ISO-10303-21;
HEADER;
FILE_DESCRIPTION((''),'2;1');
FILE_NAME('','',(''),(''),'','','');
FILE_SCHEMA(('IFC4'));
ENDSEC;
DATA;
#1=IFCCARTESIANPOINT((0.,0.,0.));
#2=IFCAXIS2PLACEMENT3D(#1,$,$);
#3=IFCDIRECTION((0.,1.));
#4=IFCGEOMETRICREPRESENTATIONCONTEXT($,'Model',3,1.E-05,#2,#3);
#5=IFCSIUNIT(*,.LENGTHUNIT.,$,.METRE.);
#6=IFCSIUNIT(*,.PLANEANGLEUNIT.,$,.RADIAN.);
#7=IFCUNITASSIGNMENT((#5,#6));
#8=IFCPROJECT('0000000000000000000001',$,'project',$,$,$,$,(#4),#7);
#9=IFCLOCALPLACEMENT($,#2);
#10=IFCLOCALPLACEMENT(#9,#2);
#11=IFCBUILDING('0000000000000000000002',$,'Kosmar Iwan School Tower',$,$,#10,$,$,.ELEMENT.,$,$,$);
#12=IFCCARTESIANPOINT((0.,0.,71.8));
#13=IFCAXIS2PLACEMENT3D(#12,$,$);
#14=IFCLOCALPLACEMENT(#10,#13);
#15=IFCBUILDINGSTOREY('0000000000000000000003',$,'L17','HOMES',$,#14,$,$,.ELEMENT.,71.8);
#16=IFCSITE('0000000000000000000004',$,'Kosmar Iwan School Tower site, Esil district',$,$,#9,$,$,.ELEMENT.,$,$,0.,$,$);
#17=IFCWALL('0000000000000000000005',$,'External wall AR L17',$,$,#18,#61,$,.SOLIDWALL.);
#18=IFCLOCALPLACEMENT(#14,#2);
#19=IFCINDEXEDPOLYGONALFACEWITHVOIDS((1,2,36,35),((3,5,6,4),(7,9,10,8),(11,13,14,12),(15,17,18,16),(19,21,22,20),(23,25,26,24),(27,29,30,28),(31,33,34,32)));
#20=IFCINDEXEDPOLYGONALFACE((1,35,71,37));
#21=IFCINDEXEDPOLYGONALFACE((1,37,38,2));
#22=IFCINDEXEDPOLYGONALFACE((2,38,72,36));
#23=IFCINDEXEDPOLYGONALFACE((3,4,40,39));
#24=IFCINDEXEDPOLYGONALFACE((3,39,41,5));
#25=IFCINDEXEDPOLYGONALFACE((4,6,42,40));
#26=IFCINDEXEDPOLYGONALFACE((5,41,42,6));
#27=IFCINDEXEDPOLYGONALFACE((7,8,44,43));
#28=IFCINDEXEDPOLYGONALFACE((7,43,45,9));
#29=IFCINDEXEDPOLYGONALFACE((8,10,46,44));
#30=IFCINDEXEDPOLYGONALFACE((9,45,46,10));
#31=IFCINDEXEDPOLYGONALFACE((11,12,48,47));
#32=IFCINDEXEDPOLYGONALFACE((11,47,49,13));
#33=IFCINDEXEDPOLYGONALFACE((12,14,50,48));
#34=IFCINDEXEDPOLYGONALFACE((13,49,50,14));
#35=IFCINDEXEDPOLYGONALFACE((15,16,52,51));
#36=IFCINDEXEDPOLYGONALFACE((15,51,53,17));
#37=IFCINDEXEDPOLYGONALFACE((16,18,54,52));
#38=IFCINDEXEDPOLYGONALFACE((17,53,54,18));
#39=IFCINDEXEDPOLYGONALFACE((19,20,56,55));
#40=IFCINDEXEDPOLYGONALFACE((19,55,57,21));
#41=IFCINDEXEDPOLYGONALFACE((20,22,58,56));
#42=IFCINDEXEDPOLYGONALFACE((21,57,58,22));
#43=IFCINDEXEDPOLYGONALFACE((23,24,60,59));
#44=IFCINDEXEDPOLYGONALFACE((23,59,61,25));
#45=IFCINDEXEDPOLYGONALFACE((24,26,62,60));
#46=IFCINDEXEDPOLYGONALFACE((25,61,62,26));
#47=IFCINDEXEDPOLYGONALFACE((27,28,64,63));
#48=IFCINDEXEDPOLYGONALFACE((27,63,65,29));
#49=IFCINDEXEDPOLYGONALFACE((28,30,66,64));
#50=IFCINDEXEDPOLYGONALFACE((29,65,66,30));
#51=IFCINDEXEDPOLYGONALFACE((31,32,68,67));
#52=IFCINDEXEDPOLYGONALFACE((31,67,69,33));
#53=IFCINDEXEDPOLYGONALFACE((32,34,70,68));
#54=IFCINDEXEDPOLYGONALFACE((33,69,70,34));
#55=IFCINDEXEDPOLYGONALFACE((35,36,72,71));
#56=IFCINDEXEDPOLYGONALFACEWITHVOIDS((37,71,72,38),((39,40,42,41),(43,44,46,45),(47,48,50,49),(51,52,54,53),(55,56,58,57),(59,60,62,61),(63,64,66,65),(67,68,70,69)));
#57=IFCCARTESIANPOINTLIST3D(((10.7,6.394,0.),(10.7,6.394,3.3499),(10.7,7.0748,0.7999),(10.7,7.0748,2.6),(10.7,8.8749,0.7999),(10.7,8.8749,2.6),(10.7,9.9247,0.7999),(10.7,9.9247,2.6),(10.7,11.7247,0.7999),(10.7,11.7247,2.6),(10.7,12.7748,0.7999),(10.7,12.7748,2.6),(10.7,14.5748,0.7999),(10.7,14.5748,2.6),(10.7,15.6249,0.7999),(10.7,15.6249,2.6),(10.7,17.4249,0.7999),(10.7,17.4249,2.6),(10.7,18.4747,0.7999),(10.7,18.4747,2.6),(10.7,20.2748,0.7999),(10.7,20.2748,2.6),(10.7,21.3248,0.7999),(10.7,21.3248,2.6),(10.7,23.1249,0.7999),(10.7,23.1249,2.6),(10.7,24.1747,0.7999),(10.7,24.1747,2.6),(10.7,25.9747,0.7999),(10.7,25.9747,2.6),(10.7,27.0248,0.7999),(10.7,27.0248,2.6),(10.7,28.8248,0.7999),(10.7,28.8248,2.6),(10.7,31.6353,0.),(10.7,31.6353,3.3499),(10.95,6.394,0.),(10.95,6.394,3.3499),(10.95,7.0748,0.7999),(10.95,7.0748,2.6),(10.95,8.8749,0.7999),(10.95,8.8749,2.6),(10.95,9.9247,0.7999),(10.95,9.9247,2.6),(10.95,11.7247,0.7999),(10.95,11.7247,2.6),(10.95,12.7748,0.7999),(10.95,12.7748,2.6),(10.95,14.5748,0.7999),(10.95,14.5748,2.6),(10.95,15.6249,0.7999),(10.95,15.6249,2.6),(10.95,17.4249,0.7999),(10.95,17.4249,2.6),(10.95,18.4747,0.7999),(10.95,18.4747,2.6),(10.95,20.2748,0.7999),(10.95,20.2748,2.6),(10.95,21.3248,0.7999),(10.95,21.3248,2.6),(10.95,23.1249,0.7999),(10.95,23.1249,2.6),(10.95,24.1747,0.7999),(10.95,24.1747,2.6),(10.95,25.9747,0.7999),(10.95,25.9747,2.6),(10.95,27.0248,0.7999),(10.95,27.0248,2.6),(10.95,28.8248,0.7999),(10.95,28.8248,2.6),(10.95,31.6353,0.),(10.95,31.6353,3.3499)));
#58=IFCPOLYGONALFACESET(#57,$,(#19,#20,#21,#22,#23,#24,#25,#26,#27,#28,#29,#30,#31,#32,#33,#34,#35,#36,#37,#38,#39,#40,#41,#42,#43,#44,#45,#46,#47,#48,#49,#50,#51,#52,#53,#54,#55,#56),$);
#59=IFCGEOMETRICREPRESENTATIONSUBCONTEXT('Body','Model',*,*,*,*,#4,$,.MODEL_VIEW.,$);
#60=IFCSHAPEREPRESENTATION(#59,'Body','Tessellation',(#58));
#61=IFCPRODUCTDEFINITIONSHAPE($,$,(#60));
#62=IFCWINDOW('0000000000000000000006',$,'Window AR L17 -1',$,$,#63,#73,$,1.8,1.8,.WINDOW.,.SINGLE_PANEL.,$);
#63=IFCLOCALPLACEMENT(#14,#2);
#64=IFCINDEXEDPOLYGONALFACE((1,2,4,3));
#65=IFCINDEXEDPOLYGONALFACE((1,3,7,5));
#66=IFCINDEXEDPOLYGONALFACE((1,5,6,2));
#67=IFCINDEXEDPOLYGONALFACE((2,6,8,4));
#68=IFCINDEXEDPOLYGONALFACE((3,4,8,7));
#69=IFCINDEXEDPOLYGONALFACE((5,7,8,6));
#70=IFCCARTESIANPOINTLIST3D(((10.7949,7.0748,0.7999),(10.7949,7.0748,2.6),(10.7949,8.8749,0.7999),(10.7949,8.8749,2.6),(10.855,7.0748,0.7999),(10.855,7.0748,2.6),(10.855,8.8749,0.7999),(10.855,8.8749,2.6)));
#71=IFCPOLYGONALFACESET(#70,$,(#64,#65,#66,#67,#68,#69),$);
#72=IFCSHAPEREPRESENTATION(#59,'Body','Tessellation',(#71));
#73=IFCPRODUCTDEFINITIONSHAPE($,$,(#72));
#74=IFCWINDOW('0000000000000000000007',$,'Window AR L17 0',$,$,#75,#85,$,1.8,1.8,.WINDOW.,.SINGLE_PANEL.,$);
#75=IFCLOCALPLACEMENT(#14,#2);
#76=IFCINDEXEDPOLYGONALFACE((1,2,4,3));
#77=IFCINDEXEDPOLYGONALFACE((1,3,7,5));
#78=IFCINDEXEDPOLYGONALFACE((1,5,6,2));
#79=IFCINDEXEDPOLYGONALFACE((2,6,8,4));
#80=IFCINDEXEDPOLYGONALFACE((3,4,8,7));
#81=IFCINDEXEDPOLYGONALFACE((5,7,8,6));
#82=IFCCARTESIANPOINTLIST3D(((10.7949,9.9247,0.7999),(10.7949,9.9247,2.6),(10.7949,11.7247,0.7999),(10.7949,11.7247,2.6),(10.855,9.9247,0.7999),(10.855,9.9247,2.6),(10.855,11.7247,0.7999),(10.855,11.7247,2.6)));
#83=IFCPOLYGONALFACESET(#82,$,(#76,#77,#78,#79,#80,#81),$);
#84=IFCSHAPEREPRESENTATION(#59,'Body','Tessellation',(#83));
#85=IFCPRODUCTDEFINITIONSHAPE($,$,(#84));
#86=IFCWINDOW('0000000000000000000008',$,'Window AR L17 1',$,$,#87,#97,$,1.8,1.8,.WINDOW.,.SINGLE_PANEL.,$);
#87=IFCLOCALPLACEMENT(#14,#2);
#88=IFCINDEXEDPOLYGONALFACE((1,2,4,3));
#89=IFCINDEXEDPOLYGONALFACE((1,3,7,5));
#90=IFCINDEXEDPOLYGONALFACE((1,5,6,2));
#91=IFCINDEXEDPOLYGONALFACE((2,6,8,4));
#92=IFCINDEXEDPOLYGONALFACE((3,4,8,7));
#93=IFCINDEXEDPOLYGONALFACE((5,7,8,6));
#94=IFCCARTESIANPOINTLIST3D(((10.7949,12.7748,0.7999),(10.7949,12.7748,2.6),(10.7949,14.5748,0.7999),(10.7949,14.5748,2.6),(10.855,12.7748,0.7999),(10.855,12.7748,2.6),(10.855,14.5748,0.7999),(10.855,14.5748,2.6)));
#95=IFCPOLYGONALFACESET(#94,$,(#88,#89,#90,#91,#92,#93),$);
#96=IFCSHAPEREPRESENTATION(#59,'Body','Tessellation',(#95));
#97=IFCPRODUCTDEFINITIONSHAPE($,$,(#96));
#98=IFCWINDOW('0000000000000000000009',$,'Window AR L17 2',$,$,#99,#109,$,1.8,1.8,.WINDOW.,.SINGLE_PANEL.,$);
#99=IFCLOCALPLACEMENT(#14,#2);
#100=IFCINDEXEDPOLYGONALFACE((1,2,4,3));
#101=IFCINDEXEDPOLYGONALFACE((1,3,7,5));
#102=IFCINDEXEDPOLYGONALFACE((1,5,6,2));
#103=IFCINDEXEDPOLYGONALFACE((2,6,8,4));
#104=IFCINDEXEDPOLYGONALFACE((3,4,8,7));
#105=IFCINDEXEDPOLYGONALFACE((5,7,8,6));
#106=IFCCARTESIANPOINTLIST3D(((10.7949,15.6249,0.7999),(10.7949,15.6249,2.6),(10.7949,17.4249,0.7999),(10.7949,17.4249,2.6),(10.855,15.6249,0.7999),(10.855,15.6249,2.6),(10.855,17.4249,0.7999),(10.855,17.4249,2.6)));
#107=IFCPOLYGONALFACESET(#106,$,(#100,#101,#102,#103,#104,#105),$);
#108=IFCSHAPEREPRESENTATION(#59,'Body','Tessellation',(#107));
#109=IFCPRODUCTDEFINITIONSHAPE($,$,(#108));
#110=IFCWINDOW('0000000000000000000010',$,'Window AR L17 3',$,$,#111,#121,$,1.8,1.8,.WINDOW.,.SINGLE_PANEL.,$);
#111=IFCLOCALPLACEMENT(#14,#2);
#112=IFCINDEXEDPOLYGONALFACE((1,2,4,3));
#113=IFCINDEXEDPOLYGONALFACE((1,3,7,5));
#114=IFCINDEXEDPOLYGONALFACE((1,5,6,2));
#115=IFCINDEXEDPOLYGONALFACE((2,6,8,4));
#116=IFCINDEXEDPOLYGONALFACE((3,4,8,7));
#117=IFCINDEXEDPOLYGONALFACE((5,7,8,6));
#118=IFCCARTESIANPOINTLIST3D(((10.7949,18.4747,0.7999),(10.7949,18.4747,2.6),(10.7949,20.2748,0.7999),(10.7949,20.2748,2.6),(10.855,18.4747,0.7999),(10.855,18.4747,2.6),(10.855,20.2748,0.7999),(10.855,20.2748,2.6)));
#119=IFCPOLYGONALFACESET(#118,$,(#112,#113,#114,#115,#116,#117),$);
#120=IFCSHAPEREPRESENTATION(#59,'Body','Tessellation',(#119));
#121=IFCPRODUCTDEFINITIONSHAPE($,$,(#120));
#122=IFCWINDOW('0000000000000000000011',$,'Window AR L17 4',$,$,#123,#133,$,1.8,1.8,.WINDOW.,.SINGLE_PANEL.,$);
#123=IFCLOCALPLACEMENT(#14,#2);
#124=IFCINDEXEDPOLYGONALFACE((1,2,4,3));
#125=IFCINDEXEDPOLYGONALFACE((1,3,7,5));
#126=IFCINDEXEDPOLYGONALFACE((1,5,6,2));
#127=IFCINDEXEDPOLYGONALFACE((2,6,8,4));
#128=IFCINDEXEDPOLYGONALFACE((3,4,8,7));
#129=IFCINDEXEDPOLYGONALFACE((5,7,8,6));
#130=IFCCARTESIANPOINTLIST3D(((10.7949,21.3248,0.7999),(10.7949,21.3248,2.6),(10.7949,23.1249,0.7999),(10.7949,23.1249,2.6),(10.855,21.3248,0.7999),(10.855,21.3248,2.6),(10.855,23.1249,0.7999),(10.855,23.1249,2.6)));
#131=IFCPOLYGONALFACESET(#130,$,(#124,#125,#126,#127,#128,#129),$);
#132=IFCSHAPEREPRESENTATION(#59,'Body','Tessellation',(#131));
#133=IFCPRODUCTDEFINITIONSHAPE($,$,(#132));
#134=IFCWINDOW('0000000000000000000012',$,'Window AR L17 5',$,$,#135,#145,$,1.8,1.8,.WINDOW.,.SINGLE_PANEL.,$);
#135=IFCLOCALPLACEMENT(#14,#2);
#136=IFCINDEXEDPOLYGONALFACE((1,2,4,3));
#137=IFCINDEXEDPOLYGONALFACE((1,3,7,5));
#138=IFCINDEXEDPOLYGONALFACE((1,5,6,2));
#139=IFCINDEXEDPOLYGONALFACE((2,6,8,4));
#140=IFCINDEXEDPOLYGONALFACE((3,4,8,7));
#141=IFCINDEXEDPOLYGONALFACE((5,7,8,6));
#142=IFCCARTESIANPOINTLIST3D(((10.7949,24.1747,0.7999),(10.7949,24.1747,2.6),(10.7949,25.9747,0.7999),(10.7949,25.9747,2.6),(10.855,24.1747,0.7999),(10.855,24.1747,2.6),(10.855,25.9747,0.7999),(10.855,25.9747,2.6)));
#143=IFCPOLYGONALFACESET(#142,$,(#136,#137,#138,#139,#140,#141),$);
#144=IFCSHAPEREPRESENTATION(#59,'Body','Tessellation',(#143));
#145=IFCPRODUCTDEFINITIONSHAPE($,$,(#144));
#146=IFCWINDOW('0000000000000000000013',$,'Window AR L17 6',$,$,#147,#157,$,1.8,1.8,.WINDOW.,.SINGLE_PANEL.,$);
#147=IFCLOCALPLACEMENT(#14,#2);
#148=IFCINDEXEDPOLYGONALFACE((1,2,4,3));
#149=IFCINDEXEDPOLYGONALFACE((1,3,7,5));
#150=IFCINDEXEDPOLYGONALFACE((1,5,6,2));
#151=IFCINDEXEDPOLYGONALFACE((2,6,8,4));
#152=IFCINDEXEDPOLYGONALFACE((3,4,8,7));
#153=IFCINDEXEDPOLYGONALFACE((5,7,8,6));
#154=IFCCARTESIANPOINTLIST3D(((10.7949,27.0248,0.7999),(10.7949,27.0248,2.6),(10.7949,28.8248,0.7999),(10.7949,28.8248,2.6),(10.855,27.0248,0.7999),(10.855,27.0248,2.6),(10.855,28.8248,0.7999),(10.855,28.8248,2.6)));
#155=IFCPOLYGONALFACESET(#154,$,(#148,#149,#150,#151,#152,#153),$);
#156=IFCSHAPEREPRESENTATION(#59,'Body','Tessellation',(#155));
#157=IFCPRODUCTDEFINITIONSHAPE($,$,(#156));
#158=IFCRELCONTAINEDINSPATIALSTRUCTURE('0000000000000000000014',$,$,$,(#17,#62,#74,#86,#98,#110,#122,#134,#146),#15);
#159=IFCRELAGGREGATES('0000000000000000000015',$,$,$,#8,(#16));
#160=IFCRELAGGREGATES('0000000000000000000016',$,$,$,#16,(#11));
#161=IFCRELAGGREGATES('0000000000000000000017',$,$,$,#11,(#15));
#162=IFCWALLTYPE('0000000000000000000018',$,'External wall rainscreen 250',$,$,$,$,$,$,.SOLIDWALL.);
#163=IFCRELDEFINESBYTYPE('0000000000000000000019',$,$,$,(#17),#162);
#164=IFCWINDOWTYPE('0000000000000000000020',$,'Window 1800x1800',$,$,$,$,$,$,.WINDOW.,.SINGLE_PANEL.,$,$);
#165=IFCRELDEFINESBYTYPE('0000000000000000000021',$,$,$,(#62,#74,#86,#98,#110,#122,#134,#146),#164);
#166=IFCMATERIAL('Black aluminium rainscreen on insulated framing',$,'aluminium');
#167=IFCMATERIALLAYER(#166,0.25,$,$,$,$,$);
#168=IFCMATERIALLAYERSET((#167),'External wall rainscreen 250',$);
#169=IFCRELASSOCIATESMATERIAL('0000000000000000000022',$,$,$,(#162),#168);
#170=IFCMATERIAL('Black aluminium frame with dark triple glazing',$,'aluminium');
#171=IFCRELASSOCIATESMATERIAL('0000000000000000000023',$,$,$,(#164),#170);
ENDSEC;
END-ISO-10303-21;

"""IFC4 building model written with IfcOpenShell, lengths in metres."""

from ifc_helpers import new_model, si_unit, direction, frame, frame_2d, origin, place, context, subcontext, project, spatial, rectangle, extrude, material, layer, layer_set, type_object, element, fill, save


model = new_model("IFC4")

# Units and contexts
model_context = context("Model", 3, precision=1e-05, world=origin(), true_north=direction((0.0, 1.0)))
body_context = subcontext(model_context, "Body", "Model", "MODEL_VIEW")
ifc_project = project(units=[si_unit("LENGTHUNIT", "METRE"), si_unit("PLANEANGLEUNIT", "RADIAN")], contexts=[model_context])

# Site, building, storey
site_placement = place(None, origin())
site = spatial("IfcSite", under=ifc_project, at=site_placement, Name="Kosmar Iwan School Tower site, Esil district", CompositionType="ELEMENT", RefElevation=0.0)
building_placement = place(site_placement, origin())
building = spatial("IfcBuilding", under=site, at=building_placement, Name="Kosmar Iwan School Tower", CompositionType="ELEMENT")
storey_placement = place(building_placement, frame((0.0, 0.0, 71.8)))
storey = spatial("IfcBuildingStorey", under=building, at=storey_placement, Name="L17", Description="HOMES", CompositionType="ELEMENT", Elevation=71.8)

# Wall, openings, windows
ifc_material_1 = material(Name="Black aluminium rainscreen on insulated framing", Category="aluminium")
ifc_layer = layer(ifc_material_1, 0.25)
ifc_layer_set = layer_set([ifc_layer], Name="External wall rainscreen 250")
wall_type = type_object("IfcWallType", Name="External wall rainscreen 250", PredefinedType="SOLIDWALL", material=ifc_layer_set)
ifc_material_2 = material(Name="Black aluminium frame with dark triple glazing", Category="aluminium")
window_type = type_object("IfcWindowType", Name="Window 1800x1800", PartitioningType="SINGLE_PANEL", PredefinedType="WINDOW", material=ifc_material_2)
wall_1_placement = place(storey_placement, frame((10.825, 6.394, 0.0), z_axis=(0.0, 0.0, 1.0), x_axis=(0.0, 1.0, 0.0)))
wall_1 = element("IfcWall", 1, at=wall_1_placement, inside=storey, type_object=wall_type, Name="External wall AR L17", PredefinedType="SOLIDWALL", context=body_context, shape_type="SweptSolid", body=[
    extrude(rectangle(XDim=25.2412, YDim=0.25, at=frame_2d((12.6206, 0.0))), origin(), (0.0, 0.0, 1.0), 3.3499),
])
opening_1_placement = place(wall_1_placement, frame((0.6809, 0.0, 0.8)))
opening_1 = element("IfcOpeningElement", 2, at=opening_1_placement, cuts=wall_1, PredefinedType="OPENING", context=body_context, shape_type="SweptSolid", body=[
    extrude(rectangle(XDim=1.8, YDim=1.8, at=frame_2d((0.8999, 0.8999))), frame((0.0, 0.137, 0.0), z_axis=(0.0, -1.0, 0.0), x_axis=(1.0, 0.0, 0.0)), (0.0, 0.0, 1.0), 0.2739),
])
opening_2_placement = place(wall_1_placement, frame((3.5308, 0.0, 0.8)))
opening_2 = element("IfcOpeningElement", 3, at=opening_2_placement, cuts=wall_1, PredefinedType="OPENING", context=body_context, shape_type="SweptSolid", body=[
    extrude(rectangle(XDim=1.8, YDim=1.8, at=frame_2d((0.8999, 0.8999))), frame((0.0, 0.137, 0.0), z_axis=(0.0, -1.0, 0.0), x_axis=(1.0, 0.0, 0.0)), (0.0, 0.0, 1.0), 0.2739),
])
opening_3_placement = place(wall_1_placement, frame((6.3809, 0.0, 0.8)))
opening_3 = element("IfcOpeningElement", 4, at=opening_3_placement, cuts=wall_1, PredefinedType="OPENING", context=body_context, shape_type="SweptSolid", body=[
    extrude(rectangle(XDim=1.8, YDim=1.8, at=frame_2d((0.8999, 0.8999))), frame((0.0, 0.137, 0.0), z_axis=(0.0, -1.0, 0.0), x_axis=(1.0, 0.0, 0.0)), (0.0, 0.0, 1.0), 0.2739),
])
opening_4_placement = place(wall_1_placement, frame((9.231, 0.0, 0.8)))
opening_4 = element("IfcOpeningElement", 5, at=opening_4_placement, cuts=wall_1, PredefinedType="OPENING", context=body_context, shape_type="SweptSolid", body=[
    extrude(rectangle(XDim=1.8, YDim=1.8, at=frame_2d((0.8999, 0.8999))), frame((0.0, 0.137, 0.0), z_axis=(0.0, -1.0, 0.0), x_axis=(1.0, 0.0, 0.0)), (0.0, 0.0, 1.0), 0.2739),
])
opening_5_placement = place(wall_1_placement, frame((12.0808, 0.0, 0.8)))
opening_5 = element("IfcOpeningElement", 6, at=opening_5_placement, cuts=wall_1, PredefinedType="OPENING", context=body_context, shape_type="SweptSolid", body=[
    extrude(rectangle(XDim=1.8, YDim=1.8, at=frame_2d((0.8999, 0.8999))), frame((0.0, 0.137, 0.0), z_axis=(0.0, -1.0, 0.0), x_axis=(1.0, 0.0, 0.0)), (0.0, 0.0, 1.0), 0.2739),
])
opening_6_placement = place(wall_1_placement, frame((14.9309, 0.0, 0.8)))
opening_6 = element("IfcOpeningElement", 7, at=opening_6_placement, cuts=wall_1, PredefinedType="OPENING", context=body_context, shape_type="SweptSolid", body=[
    extrude(rectangle(XDim=1.8, YDim=1.8, at=frame_2d((0.8999, 0.8999))), frame((0.0, 0.137, 0.0), z_axis=(0.0, -1.0, 0.0), x_axis=(1.0, 0.0, 0.0)), (0.0, 0.0, 1.0), 0.2739),
])
opening_7_placement = place(wall_1_placement, frame((17.7808, 0.0, 0.8)))
opening_7 = element("IfcOpeningElement", 8, at=opening_7_placement, cuts=wall_1, PredefinedType="OPENING", context=body_context, shape_type="SweptSolid", body=[
    extrude(rectangle(XDim=1.8, YDim=1.8, at=frame_2d((0.8999, 0.8999))), frame((0.0, 0.137, 0.0), z_axis=(0.0, -1.0, 0.0), x_axis=(1.0, 0.0, 0.0)), (0.0, 0.0, 1.0), 0.2739),
])
opening_8_placement = place(wall_1_placement, frame((20.6309, 0.0, 0.8)))
opening_8 = element("IfcOpeningElement", 9, at=opening_8_placement, cuts=wall_1, PredefinedType="OPENING", context=body_context, shape_type="SweptSolid", body=[
    extrude(rectangle(XDim=1.8, YDim=1.8, at=frame_2d((0.8999, 0.8999))), frame((0.0, 0.137, 0.0), z_axis=(0.0, -1.0, 0.0), x_axis=(1.0, 0.0, 0.0)), (0.0, 0.0, 1.0), 0.2739),
])
window_1_placement = place(opening_1_placement, origin())
window_1 = element("IfcWindow", 10, at=window_1_placement, inside=storey, type_object=window_type, Name="Window AR L17 -1", OverallHeight=1.8, OverallWidth=1.8, PartitioningType="SINGLE_PANEL", PredefinedType="WINDOW", context=body_context, shape_type="SweptSolid", body=[
    extrude(rectangle(XDim=1.8, YDim=1.8, at=frame_2d((0.8999, 0.8999))), frame((0.0, 0.03, 0.0), z_axis=(0.0, -1.0, 0.0), x_axis=(1.0, 0.0, 0.0)), (0.0, 0.0, 1.0), 0.0601),
])
fill(opening_1, window_1)
window_2_placement = place(opening_2_placement, origin())
window_2 = element("IfcWindow", 11, at=window_2_placement, inside=storey, type_object=window_type, Name="Window AR L17 0", OverallHeight=1.8, OverallWidth=1.8, PartitioningType="SINGLE_PANEL", PredefinedType="WINDOW", context=body_context, shape_type="SweptSolid", body=[
    extrude(rectangle(XDim=1.8, YDim=1.8, at=frame_2d((0.8999, 0.8999))), frame((0.0, 0.03, 0.0), z_axis=(0.0, -1.0, 0.0), x_axis=(1.0, 0.0, 0.0)), (0.0, 0.0, 1.0), 0.0601),
])
fill(opening_2, window_2)
window_3_placement = place(opening_3_placement, origin())
window_3 = element("IfcWindow", 12, at=window_3_placement, inside=storey, type_object=window_type, Name="Window AR L17 1", OverallHeight=1.8, OverallWidth=1.8, PartitioningType="SINGLE_PANEL", PredefinedType="WINDOW", context=body_context, shape_type="SweptSolid", body=[
    extrude(rectangle(XDim=1.8, YDim=1.8, at=frame_2d((0.8999, 0.8999))), frame((0.0, 0.03, 0.0), z_axis=(0.0, -1.0, 0.0), x_axis=(1.0, 0.0, 0.0)), (0.0, 0.0, 1.0), 0.0601),
])
fill(opening_3, window_3)
window_4_placement = place(opening_4_placement, origin())
window_4 = element("IfcWindow", 13, at=window_4_placement, inside=storey, type_object=window_type, Name="Window AR L17 2", OverallHeight=1.8, OverallWidth=1.8, PartitioningType="SINGLE_PANEL", PredefinedType="WINDOW", context=body_context, shape_type="SweptSolid", body=[
    extrude(rectangle(XDim=1.8, YDim=1.8, at=frame_2d((0.8999, 0.8999))), frame((0.0, 0.03, 0.0), z_axis=(0.0, -1.0, 0.0), x_axis=(1.0, 0.0, 0.0)), (0.0, 0.0, 1.0), 0.0601),
])
fill(opening_4, window_4)
window_5_placement = place(opening_5_placement, origin())
window_5 = element("IfcWindow", 14, at=window_5_placement, inside=storey, type_object=window_type, Name="Window AR L17 3", OverallHeight=1.8, OverallWidth=1.8, PartitioningType="SINGLE_PANEL", PredefinedType="WINDOW", context=body_context, shape_type="SweptSolid", body=[
    extrude(rectangle(XDim=1.8, YDim=1.8, at=frame_2d((0.8999, 0.8999))), frame((0.0, 0.03, 0.0), z_axis=(0.0, -1.0, 0.0), x_axis=(1.0, 0.0, 0.0)), (0.0, 0.0, 1.0), 0.0601),
])
fill(opening_5, window_5)
window_6_placement = place(opening_6_placement, origin())
window_6 = element("IfcWindow", 15, at=window_6_placement, inside=storey, type_object=window_type, Name="Window AR L17 4", OverallHeight=1.8, OverallWidth=1.8, PartitioningType="SINGLE_PANEL", PredefinedType="WINDOW", context=body_context, shape_type="SweptSolid", body=[
    extrude(rectangle(XDim=1.8, YDim=1.8, at=frame_2d((0.8999, 0.8999))), frame((0.0, 0.03, 0.0), z_axis=(0.0, -1.0, 0.0), x_axis=(1.0, 0.0, 0.0)), (0.0, 0.0, 1.0), 0.0601),
])
fill(opening_6, window_6)
window_7_placement = place(opening_7_placement, origin())
window_7 = element("IfcWindow", 16, at=window_7_placement, inside=storey, type_object=window_type, Name="Window AR L17 5", OverallHeight=1.8, OverallWidth=1.8, PartitioningType="SINGLE_PANEL", PredefinedType="WINDOW", context=body_context, shape_type="SweptSolid", body=[
    extrude(rectangle(XDim=1.8, YDim=1.8, at=frame_2d((0.8999, 0.8999))), frame((0.0, 0.03, 0.0), z_axis=(0.0, -1.0, 0.0), x_axis=(1.0, 0.0, 0.0)), (0.0, 0.0, 1.0), 0.0601),
])
fill(opening_7, window_7)
window_8_placement = place(opening_8_placement, origin())
window_8 = element("IfcWindow", 17, at=window_8_placement, inside=storey, type_object=window_type, Name="Window AR L17 6", OverallHeight=1.8, OverallWidth=1.8, PartitioningType="SINGLE_PANEL", PredefinedType="WINDOW", context=body_context, shape_type="SweptSolid", body=[
    extrude(rectangle(XDim=1.8, YDim=1.8, at=frame_2d((0.8999, 0.8999))), frame((0.0, 0.03, 0.0), z_axis=(0.0, -1.0, 0.0), x_axis=(1.0, 0.0, 0.0)), (0.0, 0.0, 1.0), 0.0601),
])
fill(opening_8, window_8)

save(model, "model.ifc")
